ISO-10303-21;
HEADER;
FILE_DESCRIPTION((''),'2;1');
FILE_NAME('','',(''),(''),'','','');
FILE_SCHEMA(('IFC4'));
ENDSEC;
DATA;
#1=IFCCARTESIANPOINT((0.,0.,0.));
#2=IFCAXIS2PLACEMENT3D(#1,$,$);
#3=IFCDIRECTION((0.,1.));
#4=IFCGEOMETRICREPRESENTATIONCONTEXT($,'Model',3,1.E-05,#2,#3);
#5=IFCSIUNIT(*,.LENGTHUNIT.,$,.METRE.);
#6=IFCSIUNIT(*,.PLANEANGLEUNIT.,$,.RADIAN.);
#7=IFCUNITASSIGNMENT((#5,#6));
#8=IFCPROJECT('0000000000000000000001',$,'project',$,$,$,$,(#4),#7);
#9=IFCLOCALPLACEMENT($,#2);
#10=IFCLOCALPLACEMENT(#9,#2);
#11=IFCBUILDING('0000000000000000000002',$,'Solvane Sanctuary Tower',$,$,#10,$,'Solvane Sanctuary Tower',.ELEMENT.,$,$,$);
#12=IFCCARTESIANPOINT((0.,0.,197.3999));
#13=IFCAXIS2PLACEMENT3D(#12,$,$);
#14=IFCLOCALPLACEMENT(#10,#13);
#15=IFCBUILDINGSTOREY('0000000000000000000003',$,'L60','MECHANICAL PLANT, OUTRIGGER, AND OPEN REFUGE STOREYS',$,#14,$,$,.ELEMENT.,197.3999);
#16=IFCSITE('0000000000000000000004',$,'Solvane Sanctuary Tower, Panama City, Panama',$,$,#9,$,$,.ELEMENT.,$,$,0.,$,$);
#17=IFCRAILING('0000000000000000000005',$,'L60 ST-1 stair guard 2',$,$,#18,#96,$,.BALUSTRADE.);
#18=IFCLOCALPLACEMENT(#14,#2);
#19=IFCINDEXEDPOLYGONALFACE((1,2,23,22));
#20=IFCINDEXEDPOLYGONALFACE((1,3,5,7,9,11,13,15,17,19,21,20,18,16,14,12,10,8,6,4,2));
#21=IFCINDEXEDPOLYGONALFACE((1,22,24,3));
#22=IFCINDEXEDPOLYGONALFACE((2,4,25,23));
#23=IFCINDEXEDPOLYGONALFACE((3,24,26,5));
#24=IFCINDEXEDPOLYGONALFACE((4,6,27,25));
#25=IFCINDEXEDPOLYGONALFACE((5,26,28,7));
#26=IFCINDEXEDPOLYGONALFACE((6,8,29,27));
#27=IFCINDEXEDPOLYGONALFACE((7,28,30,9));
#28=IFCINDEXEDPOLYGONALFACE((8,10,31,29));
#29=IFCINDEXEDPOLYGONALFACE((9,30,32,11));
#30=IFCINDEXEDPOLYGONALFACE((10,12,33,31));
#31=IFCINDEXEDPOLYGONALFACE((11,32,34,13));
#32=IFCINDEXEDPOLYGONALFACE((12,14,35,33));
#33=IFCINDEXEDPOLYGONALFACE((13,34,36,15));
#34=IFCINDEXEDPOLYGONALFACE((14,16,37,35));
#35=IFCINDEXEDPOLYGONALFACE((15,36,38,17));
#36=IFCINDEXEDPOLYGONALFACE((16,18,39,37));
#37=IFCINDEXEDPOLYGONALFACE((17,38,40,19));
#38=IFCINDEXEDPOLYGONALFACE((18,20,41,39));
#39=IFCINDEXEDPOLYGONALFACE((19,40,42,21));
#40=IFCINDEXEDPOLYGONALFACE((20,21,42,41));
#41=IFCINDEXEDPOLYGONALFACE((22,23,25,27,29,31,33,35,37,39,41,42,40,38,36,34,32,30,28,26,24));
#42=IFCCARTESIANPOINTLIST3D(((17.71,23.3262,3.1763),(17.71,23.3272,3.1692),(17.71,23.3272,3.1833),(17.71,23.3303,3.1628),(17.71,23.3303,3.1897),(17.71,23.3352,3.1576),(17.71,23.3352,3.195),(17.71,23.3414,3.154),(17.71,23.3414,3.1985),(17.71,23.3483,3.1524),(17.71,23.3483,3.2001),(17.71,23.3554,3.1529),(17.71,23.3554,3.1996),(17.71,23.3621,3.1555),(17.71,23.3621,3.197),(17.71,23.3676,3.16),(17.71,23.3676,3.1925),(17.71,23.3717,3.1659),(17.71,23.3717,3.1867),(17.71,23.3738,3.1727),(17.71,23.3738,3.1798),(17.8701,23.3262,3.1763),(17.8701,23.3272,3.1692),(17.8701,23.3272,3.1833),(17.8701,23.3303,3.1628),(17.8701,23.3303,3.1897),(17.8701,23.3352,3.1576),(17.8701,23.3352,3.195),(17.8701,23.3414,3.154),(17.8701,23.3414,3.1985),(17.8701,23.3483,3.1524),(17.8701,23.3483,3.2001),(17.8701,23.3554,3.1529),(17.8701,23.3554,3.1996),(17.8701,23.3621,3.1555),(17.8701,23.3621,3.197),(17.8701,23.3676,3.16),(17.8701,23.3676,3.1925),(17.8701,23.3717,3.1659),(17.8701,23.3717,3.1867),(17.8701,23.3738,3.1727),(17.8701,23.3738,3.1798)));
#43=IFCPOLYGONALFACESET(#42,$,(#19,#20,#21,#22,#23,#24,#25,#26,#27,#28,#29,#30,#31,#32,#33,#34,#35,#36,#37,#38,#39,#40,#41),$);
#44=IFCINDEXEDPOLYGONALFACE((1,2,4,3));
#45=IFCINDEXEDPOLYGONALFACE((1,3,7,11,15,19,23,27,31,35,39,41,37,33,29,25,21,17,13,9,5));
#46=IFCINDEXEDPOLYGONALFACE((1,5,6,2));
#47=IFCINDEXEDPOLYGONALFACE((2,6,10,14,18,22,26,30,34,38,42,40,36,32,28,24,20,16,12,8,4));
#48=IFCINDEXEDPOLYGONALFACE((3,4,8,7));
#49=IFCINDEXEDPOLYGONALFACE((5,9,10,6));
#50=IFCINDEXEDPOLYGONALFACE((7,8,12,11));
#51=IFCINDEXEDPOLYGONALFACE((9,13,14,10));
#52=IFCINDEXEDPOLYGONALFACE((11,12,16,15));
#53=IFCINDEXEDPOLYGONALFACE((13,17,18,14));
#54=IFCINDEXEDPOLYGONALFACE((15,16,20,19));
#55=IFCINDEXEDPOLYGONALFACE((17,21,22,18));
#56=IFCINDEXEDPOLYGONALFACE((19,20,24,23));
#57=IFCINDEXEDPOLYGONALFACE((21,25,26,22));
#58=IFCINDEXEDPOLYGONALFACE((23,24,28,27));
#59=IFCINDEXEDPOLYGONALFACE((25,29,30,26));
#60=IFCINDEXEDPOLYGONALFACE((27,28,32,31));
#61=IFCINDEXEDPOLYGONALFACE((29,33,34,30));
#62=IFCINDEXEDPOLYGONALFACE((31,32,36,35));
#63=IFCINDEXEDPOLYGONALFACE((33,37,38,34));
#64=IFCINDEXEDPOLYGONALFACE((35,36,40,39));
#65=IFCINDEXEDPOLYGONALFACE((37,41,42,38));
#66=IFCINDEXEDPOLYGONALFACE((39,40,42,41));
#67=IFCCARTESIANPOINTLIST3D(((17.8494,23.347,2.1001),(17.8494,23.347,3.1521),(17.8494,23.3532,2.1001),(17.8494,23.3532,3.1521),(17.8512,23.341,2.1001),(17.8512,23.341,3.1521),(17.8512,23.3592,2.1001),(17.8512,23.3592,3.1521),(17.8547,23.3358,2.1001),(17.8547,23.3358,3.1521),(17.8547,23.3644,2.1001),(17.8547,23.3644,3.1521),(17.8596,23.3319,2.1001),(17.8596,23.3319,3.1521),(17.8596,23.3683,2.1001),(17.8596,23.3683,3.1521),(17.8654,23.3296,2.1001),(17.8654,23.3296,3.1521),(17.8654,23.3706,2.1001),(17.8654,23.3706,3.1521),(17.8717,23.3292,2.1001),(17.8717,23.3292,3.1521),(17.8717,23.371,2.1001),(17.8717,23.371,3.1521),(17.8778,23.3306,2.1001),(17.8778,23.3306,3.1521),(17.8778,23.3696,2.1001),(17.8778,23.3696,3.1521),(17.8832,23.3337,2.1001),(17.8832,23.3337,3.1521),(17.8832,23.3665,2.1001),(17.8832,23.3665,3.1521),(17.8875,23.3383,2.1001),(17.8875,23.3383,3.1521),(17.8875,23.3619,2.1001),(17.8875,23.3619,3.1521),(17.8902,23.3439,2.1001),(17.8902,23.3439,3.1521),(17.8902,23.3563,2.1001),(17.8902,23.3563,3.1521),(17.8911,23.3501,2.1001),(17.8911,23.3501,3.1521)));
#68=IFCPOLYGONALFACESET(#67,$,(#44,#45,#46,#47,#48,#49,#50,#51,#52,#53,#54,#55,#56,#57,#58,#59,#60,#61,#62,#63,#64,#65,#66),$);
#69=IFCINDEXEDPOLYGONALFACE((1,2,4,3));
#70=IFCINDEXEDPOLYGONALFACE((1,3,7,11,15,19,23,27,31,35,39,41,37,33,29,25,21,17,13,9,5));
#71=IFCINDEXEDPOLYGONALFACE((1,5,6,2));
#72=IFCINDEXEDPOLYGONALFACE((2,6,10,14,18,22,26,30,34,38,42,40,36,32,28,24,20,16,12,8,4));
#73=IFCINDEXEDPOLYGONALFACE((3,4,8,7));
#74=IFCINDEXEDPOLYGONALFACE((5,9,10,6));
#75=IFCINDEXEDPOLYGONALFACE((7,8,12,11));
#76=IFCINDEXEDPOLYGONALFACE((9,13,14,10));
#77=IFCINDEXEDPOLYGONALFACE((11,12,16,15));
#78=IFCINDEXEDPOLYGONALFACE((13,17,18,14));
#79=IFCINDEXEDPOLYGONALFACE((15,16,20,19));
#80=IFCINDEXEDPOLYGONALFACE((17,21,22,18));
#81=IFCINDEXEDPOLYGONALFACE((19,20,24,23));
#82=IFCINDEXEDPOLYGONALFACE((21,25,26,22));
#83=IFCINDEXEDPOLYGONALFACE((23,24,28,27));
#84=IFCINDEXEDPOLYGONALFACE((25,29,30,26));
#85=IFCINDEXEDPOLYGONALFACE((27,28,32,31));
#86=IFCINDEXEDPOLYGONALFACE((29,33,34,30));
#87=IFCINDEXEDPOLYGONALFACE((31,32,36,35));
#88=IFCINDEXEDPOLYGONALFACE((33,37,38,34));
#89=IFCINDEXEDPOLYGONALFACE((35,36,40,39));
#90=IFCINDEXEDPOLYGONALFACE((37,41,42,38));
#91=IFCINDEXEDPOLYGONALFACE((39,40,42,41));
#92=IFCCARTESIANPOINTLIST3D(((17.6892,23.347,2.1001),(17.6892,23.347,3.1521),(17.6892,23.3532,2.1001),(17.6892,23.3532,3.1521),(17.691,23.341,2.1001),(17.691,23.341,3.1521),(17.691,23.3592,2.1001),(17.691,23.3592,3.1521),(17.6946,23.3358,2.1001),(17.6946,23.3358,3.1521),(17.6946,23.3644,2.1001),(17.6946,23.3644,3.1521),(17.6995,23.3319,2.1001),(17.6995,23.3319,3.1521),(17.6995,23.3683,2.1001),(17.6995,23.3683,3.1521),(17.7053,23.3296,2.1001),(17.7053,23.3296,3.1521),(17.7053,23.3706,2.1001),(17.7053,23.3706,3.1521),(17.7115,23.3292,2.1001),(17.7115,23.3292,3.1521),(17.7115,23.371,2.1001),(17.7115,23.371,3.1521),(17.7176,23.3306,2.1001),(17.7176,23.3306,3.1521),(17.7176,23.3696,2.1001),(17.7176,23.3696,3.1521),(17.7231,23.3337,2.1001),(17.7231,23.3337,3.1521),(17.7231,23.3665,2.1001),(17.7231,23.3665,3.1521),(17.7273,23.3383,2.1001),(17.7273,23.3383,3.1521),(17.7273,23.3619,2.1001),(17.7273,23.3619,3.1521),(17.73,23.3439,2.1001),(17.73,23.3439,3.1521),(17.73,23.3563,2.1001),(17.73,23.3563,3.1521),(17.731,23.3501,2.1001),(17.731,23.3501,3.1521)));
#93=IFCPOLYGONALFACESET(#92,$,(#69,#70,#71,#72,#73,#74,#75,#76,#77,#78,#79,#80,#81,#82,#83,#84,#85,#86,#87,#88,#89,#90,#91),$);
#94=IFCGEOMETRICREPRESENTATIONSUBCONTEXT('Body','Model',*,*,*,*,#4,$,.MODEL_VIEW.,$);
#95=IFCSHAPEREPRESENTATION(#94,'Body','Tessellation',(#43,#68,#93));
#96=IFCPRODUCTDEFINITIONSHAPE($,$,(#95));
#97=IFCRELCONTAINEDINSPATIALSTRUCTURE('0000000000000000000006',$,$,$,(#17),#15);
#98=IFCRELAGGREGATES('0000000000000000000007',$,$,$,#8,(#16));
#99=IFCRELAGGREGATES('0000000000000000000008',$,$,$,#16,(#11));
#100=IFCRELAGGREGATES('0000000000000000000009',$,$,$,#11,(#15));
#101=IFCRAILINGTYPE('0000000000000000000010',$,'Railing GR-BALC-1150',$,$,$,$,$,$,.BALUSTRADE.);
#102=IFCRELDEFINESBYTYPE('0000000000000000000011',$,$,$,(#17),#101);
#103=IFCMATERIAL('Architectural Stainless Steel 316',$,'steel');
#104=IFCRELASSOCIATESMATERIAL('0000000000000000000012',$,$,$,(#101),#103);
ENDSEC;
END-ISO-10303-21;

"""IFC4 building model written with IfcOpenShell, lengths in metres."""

from ifc_helpers import new_model, si_unit, direction, frame, origin, origin_2d, place, context, subcontext, project, spatial, circle, extrude, material, type_object, element, save


model = new_model("IFC4")

# Units and contexts
model_context = context("Model", 3, precision=1e-05, world=origin(), true_north=direction((0.0, 1.0)))
body_context = subcontext(model_context, "Body", "Model", "MODEL_VIEW")
ifc_project = project(units=[si_unit("LENGTHUNIT", "METRE"), si_unit("PLANEANGLEUNIT", "RADIAN")], contexts=[model_context])

# Site, building, storey
site_placement = place(None, origin())
site = spatial("IfcSite", under=ifc_project, at=site_placement, Name="Solvane Sanctuary Tower, Panama City, Panama", CompositionType="ELEMENT", RefElevation=0.0)
building_placement = place(site_placement, origin())
building = spatial("IfcBuilding", under=site, at=building_placement, Name="Solvane Sanctuary Tower", LongName="Solvane Sanctuary Tower", CompositionType="ELEMENT")
storey_placement = place(building_placement, frame((0.0, 0.0, 197.3999)))
storey = spatial("IfcBuildingStorey", under=building, at=storey_placement, Name="L60", Description="MECHANICAL PLANT, OUTRIGGER, AND OPEN REFUGE STOREYS", CompositionType="ELEMENT", Elevation=197.3999)

# Shared definitions
ifc_material_1 = material(Name="Architectural Stainless Steel 316", Category="steel")

# Railing
railing_type_1 = type_object("IfcRailingType", Name="Railing GR-BALC-1150", PredefinedType="BALUSTRADE", material=ifc_material_1)
railing_1_placement = place(storey_placement, frame((17.8701, 23.3501, 2.1001)))
element("IfcRailing", 1, at=railing_1_placement, inside=storey, type_object=railing_type_1, Name="L60 ST-1 stair guard 2", PredefinedType="BALUSTRADE", context=body_context, shape_type="SweptSolid", body=[
    extrude(circle(Radius=0.0239, at=origin_2d()), frame((0.0, 0.0, 1.0762), z_axis=(-1.0, 0.0, 0.0), x_axis=(0.0, -1.0, 0.0)), (0.0, 0.0, 1.0), 0.1602),
    extrude(circle(Radius=0.021, at=origin_2d()), origin(), (0.0, 0.0, 1.0), 1.052),
    extrude(circle(Radius=0.021, at=origin_2d()), frame((-0.1602, 0.0, 0.0)), (0.0, 0.0, 1.0), 1.052),
])

save(model, "model.ifc")
